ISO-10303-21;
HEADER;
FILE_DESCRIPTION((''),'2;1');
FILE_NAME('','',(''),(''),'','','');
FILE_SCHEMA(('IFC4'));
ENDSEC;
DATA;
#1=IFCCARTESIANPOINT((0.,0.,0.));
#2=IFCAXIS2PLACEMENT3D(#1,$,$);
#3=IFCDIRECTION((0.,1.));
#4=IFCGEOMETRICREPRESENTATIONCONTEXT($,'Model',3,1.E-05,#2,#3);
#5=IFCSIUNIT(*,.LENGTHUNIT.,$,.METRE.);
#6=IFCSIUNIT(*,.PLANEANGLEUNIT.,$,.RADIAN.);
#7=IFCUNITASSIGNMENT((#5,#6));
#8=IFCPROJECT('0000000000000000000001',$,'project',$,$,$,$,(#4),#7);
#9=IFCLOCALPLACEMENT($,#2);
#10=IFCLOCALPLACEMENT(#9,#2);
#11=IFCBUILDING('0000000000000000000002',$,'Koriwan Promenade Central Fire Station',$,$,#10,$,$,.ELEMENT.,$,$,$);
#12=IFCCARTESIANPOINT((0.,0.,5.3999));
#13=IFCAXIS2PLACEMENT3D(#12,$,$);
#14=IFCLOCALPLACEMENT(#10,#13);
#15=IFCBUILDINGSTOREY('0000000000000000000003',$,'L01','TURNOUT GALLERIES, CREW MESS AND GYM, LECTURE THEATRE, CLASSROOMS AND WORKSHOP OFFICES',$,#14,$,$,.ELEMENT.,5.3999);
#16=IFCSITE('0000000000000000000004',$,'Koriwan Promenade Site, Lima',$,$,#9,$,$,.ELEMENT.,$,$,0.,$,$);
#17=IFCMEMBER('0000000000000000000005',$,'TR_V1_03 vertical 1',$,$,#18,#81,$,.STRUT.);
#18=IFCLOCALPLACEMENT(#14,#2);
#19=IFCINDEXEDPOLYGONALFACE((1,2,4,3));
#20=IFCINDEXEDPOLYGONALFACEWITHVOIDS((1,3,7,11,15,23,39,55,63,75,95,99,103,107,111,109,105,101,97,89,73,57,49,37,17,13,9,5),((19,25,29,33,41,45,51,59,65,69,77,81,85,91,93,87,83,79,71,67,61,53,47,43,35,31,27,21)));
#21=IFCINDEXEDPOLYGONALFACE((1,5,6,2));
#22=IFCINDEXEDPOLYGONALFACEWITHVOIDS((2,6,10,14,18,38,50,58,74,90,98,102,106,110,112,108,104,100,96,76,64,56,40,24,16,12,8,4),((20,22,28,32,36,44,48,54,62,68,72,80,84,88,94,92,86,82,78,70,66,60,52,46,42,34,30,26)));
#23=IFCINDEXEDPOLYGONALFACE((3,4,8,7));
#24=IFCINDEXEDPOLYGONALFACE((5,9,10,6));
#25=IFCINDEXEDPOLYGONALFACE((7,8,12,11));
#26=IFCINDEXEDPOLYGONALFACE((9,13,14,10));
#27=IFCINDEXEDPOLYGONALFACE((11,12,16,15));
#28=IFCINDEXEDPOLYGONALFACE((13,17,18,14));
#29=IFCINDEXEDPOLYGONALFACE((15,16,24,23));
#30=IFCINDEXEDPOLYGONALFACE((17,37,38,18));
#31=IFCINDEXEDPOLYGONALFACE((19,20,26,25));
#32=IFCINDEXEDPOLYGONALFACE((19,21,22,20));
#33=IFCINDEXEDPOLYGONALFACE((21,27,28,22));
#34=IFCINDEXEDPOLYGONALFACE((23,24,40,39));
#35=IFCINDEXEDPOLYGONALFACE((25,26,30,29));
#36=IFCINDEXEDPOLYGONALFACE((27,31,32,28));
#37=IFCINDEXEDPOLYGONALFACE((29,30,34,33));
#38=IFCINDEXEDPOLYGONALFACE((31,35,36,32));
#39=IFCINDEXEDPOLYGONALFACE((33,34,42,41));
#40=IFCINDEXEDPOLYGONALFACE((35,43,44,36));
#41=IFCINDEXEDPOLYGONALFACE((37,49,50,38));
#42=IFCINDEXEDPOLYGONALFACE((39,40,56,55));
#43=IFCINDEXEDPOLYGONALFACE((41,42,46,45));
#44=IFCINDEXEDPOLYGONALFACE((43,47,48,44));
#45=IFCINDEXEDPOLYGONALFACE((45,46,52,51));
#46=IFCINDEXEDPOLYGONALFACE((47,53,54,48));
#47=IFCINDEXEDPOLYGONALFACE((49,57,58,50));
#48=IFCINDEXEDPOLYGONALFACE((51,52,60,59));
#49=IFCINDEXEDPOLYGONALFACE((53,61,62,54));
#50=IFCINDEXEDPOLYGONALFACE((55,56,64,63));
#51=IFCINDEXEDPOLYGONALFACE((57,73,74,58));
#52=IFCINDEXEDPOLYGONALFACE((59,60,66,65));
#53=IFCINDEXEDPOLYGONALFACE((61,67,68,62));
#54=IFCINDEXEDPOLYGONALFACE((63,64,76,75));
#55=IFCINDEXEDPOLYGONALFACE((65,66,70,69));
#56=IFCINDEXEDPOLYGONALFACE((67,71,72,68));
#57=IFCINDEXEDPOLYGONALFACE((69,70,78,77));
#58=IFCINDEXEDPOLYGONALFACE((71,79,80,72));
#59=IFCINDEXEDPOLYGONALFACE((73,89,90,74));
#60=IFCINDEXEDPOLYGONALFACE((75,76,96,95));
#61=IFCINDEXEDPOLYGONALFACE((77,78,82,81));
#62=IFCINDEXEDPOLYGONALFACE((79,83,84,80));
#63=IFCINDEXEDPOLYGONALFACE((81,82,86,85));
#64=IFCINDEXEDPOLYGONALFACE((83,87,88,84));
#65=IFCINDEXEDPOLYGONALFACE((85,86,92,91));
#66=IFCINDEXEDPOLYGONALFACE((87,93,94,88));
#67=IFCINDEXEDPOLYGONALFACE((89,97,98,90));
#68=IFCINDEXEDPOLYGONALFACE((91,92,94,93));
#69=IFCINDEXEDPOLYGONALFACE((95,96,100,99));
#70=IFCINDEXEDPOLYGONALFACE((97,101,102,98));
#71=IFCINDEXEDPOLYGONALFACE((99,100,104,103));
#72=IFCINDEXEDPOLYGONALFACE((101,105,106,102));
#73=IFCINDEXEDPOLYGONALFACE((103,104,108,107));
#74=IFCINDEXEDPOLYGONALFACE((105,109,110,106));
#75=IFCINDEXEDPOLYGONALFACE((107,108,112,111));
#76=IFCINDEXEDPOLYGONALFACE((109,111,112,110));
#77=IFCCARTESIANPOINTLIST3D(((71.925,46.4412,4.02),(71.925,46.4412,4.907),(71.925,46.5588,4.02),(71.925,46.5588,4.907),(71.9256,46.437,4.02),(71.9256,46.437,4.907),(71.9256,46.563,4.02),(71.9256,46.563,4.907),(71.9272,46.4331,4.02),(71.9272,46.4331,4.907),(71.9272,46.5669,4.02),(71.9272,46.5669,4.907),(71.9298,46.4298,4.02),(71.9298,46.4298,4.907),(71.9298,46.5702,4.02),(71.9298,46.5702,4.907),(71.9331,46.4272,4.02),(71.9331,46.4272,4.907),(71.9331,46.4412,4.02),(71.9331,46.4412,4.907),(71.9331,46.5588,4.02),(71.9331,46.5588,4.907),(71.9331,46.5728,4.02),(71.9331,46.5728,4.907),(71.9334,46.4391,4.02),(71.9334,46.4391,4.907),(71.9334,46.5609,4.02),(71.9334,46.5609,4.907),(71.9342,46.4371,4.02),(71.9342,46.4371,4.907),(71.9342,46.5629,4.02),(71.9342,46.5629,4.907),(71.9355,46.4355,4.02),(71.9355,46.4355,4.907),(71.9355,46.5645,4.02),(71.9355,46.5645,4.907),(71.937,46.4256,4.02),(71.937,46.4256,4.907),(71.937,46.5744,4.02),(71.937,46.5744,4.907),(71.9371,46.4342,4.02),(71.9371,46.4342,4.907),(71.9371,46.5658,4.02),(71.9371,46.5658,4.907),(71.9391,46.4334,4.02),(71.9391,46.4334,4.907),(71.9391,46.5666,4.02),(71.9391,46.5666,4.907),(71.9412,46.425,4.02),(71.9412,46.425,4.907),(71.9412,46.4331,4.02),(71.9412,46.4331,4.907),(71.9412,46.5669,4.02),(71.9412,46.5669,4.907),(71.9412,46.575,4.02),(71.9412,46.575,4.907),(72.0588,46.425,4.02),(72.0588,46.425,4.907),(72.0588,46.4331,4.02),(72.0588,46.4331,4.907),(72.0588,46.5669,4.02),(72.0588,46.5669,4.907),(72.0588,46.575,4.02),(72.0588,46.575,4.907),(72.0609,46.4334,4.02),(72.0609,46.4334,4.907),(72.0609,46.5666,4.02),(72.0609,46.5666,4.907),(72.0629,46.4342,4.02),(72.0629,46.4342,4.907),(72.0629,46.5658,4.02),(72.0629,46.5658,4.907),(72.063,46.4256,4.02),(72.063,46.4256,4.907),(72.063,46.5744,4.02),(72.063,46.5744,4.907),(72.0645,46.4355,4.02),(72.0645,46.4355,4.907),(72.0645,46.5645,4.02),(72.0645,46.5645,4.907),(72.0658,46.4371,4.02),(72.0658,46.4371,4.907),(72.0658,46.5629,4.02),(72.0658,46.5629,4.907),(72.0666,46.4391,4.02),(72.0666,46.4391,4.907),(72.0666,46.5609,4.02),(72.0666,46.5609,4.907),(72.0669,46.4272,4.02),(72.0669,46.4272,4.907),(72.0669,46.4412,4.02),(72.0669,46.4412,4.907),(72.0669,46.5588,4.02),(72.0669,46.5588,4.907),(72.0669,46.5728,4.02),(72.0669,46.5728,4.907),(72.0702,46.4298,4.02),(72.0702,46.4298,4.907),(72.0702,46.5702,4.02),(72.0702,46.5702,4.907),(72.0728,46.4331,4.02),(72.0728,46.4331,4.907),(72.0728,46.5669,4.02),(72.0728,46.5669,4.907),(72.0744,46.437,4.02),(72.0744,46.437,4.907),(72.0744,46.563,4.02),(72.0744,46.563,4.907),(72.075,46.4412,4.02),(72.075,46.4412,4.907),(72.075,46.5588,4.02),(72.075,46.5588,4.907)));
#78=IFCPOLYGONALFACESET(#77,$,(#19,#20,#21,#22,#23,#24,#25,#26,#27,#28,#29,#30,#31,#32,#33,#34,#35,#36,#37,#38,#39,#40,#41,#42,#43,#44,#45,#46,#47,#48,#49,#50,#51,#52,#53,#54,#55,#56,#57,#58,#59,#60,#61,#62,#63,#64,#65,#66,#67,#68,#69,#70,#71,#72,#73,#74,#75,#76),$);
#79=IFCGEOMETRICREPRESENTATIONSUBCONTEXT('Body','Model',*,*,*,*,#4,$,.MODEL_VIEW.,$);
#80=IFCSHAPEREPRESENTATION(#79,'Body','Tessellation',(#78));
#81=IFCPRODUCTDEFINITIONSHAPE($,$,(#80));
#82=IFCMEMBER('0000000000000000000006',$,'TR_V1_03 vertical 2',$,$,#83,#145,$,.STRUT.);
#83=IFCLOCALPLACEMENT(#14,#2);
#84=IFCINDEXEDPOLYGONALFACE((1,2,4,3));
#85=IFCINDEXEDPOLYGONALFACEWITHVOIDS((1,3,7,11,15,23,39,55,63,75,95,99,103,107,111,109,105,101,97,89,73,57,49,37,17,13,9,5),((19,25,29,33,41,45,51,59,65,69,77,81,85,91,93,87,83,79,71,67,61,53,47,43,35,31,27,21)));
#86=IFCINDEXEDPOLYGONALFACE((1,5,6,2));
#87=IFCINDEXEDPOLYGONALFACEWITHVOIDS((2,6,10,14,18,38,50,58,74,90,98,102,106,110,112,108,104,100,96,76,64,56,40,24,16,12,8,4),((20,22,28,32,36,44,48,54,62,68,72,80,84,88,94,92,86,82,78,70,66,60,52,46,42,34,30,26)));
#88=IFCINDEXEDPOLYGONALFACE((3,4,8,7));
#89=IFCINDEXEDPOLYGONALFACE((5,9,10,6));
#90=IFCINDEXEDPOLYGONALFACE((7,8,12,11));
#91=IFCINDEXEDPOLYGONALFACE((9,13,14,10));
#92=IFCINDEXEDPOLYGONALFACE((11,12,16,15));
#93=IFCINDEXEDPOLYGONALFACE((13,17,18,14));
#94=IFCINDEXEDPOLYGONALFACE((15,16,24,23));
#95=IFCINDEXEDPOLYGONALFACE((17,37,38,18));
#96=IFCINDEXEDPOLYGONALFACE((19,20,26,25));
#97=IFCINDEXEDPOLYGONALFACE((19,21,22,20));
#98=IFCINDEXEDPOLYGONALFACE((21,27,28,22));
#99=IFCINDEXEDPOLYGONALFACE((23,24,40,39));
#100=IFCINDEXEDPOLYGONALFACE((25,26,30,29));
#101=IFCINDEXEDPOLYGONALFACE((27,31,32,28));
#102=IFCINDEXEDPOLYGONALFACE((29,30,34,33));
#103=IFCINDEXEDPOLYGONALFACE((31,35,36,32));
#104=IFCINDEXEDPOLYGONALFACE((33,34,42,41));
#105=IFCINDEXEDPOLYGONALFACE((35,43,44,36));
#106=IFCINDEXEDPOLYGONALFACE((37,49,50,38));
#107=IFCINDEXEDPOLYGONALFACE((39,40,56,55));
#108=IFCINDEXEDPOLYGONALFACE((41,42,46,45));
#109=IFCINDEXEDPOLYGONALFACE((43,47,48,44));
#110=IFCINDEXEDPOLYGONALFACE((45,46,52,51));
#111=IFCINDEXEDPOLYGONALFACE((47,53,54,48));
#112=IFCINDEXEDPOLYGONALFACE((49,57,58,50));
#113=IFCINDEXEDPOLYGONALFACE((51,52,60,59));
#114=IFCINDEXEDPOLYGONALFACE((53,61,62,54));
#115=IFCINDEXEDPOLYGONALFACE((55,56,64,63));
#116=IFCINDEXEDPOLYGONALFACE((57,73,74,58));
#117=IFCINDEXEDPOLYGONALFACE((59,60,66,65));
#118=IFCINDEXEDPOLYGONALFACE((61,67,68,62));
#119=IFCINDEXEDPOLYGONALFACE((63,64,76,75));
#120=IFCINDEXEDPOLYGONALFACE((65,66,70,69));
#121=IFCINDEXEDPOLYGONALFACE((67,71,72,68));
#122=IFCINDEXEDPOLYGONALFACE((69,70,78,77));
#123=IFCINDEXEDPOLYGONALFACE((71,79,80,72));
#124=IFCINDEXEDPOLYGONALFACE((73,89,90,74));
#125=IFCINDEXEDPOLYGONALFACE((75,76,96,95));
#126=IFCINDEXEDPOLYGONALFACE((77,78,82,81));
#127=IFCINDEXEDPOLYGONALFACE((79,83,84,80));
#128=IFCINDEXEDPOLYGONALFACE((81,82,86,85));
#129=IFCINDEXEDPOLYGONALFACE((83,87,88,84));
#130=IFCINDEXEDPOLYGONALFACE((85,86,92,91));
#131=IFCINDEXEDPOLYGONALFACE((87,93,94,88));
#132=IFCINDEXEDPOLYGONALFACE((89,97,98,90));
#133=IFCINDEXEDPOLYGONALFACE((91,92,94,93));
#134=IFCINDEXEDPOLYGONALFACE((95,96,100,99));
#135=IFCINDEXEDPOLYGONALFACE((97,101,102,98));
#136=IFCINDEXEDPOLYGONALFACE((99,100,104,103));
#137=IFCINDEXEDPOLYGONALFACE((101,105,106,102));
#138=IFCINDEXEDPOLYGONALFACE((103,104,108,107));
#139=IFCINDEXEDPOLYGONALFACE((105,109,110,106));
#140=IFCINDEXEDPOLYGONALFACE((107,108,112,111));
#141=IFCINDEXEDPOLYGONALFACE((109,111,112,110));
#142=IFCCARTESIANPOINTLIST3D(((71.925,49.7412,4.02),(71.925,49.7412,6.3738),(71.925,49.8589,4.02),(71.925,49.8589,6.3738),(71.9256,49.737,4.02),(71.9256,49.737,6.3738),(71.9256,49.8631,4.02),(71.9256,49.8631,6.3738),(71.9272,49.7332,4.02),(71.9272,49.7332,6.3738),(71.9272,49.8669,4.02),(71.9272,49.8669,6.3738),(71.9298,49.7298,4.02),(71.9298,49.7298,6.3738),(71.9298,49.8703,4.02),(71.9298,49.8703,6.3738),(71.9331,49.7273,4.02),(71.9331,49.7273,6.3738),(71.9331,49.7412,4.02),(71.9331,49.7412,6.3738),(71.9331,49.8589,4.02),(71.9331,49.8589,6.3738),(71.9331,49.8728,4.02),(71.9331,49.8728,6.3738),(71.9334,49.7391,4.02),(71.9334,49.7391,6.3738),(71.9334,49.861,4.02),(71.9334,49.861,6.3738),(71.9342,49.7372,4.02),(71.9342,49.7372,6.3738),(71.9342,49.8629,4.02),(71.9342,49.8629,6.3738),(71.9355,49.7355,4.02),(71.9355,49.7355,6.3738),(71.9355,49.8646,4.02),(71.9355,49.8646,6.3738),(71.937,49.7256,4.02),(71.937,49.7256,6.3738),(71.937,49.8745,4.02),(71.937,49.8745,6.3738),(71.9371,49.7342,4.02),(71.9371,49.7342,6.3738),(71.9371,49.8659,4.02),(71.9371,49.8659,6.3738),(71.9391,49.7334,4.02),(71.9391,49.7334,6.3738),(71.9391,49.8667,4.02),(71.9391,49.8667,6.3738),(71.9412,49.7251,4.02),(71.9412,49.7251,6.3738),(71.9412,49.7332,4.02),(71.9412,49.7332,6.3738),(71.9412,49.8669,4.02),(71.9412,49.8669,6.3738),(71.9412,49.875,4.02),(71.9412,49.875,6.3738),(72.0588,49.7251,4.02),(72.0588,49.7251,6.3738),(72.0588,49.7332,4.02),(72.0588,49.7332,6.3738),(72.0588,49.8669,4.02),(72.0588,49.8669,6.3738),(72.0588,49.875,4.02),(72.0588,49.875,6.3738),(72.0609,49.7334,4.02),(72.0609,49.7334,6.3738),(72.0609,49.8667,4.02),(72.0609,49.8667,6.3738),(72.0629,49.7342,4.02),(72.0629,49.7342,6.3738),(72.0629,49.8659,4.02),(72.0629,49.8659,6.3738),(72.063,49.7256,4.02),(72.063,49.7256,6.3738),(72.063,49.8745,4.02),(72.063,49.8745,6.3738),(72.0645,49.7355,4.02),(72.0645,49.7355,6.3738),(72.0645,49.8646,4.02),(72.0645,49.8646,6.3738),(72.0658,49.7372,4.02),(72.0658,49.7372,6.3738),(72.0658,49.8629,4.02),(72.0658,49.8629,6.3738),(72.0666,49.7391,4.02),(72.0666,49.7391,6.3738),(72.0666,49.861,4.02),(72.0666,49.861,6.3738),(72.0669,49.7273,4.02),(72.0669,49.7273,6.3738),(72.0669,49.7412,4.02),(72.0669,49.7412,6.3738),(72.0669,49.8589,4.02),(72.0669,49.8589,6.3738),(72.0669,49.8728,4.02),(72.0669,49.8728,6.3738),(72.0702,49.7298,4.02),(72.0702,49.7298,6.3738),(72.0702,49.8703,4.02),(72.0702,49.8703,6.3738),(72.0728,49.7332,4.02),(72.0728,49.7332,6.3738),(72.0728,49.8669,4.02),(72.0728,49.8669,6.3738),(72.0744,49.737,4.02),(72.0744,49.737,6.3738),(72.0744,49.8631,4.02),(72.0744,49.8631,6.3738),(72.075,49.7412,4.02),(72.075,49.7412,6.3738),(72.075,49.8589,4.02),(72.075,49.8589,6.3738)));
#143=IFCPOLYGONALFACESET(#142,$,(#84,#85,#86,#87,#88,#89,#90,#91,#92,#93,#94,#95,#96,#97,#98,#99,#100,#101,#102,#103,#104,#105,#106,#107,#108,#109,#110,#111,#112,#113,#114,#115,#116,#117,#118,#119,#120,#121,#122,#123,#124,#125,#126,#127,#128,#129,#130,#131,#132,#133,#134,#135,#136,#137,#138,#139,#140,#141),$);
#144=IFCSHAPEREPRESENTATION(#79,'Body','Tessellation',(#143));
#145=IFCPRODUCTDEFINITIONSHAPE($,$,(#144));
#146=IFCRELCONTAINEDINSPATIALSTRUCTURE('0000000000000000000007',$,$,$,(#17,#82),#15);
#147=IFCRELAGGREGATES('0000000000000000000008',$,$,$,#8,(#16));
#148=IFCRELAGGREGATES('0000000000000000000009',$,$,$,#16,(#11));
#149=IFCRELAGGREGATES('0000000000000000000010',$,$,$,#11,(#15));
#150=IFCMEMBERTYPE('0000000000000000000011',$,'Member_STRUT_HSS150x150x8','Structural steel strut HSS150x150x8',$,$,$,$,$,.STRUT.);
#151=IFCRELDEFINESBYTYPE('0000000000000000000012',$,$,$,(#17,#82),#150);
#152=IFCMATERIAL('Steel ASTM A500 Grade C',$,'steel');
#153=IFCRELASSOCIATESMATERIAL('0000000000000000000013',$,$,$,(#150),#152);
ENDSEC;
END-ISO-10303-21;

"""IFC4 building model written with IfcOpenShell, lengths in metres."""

from ifc_helpers import new_model, si_unit, direction, frame, origin, origin_2d, place, context, subcontext, project, spatial, hollow_rectangle, extrude, material, material_profile, profile_set, type_object, element, save


model = new_model("IFC4")

# Units and contexts
model_context = context("Model", 3, precision=1e-05, world=origin(), true_north=direction((0.0, 1.0)))
body_context = subcontext(model_context, "Body", "Model", "MODEL_VIEW")
ifc_project = project(units=[si_unit("LENGTHUNIT", "METRE"), si_unit("PLANEANGLEUNIT", "RADIAN")], contexts=[model_context])

# Site, building, storey
site_placement = place(None, origin())
site = spatial("IfcSite", under=ifc_project, at=site_placement, Name="Koriwan Promenade Site, Lima", CompositionType="ELEMENT", RefElevation=0.0)
building_placement = place(site_placement, origin())
building = spatial("IfcBuilding", under=site, at=building_placement, Name="Koriwan Promenade Central Fire Station", CompositionType="ELEMENT")
storey_placement = place(building_placement, frame((0.0, 0.0, 5.3999)))
storey = spatial("IfcBuildingStorey", under=building, at=storey_placement, Name="L01", Description="TURNOUT GALLERIES, CREW MESS AND GYM, LECTURE THEATRE, CLASSROOMS AND WORKSHOP OFFICES", CompositionType="ELEMENT", Elevation=5.3999)

# Members
ifc_material_1 = material(Name="Steel ASTM A500 Grade C", Category="steel")
ifc_material_profile_1 = material_profile(ifc_material_1, hollow_rectangle(XDim=0.1499, YDim=0.1499, WallThickness=0.0081, InnerFilletRadius=0.0081, OuterFilletRadius=0.0161, at=origin_2d()), Name="HSS150x150x8")
ifc_profile_set_1 = profile_set([ifc_material_profile_1], Name="Steel ASTM A500 Grade C")
member_type_1 = type_object("IfcMemberType", Name="Member_STRUT_HSS150x150x8", Description="Structural steel strut HSS150x150x8", PredefinedType="STRUT", material=ifc_profile_set_1)
member_1_placement = place(storey_placement, frame((72.0, 46.5, 4.02), z_axis=(0.0, 0.0, 1.0), x_axis=(1.0, 0.0, 0.0)))
element("IfcMember", 1, at=member_1_placement, inside=storey, type_object=member_type_1, Name="TR_V1_03 vertical 1", PredefinedType="STRUT", context=body_context, shape_type="SweptSolid", body=[
    extrude(hollow_rectangle(XDim=0.1499, YDim=0.1499, WallThickness=0.0081, InnerFilletRadius=0.0081, OuterFilletRadius=0.0161, at=origin_2d()), origin(), (0.0, 0.0, 1.0), 0.887),
])
member_2_placement = place(storey_placement, frame((72.0, 49.8, 4.02), z_axis=(0.0, 0.0, 1.0), x_axis=(1.0, 0.0, 0.0)))
element("IfcMember", 2, at=member_2_placement, inside=storey, type_object=member_type_1, Name="TR_V1_03 vertical 2", PredefinedType="STRUT", context=body_context, shape_type="SweptSolid", body=[
    extrude(hollow_rectangle(XDim=0.1499, YDim=0.1499, WallThickness=0.0081, InnerFilletRadius=0.0081, OuterFilletRadius=0.0161, at=origin_2d()), origin(), (0.0, 0.0, 1.0), 2.3538),
])

save(model, "model.ifc")
